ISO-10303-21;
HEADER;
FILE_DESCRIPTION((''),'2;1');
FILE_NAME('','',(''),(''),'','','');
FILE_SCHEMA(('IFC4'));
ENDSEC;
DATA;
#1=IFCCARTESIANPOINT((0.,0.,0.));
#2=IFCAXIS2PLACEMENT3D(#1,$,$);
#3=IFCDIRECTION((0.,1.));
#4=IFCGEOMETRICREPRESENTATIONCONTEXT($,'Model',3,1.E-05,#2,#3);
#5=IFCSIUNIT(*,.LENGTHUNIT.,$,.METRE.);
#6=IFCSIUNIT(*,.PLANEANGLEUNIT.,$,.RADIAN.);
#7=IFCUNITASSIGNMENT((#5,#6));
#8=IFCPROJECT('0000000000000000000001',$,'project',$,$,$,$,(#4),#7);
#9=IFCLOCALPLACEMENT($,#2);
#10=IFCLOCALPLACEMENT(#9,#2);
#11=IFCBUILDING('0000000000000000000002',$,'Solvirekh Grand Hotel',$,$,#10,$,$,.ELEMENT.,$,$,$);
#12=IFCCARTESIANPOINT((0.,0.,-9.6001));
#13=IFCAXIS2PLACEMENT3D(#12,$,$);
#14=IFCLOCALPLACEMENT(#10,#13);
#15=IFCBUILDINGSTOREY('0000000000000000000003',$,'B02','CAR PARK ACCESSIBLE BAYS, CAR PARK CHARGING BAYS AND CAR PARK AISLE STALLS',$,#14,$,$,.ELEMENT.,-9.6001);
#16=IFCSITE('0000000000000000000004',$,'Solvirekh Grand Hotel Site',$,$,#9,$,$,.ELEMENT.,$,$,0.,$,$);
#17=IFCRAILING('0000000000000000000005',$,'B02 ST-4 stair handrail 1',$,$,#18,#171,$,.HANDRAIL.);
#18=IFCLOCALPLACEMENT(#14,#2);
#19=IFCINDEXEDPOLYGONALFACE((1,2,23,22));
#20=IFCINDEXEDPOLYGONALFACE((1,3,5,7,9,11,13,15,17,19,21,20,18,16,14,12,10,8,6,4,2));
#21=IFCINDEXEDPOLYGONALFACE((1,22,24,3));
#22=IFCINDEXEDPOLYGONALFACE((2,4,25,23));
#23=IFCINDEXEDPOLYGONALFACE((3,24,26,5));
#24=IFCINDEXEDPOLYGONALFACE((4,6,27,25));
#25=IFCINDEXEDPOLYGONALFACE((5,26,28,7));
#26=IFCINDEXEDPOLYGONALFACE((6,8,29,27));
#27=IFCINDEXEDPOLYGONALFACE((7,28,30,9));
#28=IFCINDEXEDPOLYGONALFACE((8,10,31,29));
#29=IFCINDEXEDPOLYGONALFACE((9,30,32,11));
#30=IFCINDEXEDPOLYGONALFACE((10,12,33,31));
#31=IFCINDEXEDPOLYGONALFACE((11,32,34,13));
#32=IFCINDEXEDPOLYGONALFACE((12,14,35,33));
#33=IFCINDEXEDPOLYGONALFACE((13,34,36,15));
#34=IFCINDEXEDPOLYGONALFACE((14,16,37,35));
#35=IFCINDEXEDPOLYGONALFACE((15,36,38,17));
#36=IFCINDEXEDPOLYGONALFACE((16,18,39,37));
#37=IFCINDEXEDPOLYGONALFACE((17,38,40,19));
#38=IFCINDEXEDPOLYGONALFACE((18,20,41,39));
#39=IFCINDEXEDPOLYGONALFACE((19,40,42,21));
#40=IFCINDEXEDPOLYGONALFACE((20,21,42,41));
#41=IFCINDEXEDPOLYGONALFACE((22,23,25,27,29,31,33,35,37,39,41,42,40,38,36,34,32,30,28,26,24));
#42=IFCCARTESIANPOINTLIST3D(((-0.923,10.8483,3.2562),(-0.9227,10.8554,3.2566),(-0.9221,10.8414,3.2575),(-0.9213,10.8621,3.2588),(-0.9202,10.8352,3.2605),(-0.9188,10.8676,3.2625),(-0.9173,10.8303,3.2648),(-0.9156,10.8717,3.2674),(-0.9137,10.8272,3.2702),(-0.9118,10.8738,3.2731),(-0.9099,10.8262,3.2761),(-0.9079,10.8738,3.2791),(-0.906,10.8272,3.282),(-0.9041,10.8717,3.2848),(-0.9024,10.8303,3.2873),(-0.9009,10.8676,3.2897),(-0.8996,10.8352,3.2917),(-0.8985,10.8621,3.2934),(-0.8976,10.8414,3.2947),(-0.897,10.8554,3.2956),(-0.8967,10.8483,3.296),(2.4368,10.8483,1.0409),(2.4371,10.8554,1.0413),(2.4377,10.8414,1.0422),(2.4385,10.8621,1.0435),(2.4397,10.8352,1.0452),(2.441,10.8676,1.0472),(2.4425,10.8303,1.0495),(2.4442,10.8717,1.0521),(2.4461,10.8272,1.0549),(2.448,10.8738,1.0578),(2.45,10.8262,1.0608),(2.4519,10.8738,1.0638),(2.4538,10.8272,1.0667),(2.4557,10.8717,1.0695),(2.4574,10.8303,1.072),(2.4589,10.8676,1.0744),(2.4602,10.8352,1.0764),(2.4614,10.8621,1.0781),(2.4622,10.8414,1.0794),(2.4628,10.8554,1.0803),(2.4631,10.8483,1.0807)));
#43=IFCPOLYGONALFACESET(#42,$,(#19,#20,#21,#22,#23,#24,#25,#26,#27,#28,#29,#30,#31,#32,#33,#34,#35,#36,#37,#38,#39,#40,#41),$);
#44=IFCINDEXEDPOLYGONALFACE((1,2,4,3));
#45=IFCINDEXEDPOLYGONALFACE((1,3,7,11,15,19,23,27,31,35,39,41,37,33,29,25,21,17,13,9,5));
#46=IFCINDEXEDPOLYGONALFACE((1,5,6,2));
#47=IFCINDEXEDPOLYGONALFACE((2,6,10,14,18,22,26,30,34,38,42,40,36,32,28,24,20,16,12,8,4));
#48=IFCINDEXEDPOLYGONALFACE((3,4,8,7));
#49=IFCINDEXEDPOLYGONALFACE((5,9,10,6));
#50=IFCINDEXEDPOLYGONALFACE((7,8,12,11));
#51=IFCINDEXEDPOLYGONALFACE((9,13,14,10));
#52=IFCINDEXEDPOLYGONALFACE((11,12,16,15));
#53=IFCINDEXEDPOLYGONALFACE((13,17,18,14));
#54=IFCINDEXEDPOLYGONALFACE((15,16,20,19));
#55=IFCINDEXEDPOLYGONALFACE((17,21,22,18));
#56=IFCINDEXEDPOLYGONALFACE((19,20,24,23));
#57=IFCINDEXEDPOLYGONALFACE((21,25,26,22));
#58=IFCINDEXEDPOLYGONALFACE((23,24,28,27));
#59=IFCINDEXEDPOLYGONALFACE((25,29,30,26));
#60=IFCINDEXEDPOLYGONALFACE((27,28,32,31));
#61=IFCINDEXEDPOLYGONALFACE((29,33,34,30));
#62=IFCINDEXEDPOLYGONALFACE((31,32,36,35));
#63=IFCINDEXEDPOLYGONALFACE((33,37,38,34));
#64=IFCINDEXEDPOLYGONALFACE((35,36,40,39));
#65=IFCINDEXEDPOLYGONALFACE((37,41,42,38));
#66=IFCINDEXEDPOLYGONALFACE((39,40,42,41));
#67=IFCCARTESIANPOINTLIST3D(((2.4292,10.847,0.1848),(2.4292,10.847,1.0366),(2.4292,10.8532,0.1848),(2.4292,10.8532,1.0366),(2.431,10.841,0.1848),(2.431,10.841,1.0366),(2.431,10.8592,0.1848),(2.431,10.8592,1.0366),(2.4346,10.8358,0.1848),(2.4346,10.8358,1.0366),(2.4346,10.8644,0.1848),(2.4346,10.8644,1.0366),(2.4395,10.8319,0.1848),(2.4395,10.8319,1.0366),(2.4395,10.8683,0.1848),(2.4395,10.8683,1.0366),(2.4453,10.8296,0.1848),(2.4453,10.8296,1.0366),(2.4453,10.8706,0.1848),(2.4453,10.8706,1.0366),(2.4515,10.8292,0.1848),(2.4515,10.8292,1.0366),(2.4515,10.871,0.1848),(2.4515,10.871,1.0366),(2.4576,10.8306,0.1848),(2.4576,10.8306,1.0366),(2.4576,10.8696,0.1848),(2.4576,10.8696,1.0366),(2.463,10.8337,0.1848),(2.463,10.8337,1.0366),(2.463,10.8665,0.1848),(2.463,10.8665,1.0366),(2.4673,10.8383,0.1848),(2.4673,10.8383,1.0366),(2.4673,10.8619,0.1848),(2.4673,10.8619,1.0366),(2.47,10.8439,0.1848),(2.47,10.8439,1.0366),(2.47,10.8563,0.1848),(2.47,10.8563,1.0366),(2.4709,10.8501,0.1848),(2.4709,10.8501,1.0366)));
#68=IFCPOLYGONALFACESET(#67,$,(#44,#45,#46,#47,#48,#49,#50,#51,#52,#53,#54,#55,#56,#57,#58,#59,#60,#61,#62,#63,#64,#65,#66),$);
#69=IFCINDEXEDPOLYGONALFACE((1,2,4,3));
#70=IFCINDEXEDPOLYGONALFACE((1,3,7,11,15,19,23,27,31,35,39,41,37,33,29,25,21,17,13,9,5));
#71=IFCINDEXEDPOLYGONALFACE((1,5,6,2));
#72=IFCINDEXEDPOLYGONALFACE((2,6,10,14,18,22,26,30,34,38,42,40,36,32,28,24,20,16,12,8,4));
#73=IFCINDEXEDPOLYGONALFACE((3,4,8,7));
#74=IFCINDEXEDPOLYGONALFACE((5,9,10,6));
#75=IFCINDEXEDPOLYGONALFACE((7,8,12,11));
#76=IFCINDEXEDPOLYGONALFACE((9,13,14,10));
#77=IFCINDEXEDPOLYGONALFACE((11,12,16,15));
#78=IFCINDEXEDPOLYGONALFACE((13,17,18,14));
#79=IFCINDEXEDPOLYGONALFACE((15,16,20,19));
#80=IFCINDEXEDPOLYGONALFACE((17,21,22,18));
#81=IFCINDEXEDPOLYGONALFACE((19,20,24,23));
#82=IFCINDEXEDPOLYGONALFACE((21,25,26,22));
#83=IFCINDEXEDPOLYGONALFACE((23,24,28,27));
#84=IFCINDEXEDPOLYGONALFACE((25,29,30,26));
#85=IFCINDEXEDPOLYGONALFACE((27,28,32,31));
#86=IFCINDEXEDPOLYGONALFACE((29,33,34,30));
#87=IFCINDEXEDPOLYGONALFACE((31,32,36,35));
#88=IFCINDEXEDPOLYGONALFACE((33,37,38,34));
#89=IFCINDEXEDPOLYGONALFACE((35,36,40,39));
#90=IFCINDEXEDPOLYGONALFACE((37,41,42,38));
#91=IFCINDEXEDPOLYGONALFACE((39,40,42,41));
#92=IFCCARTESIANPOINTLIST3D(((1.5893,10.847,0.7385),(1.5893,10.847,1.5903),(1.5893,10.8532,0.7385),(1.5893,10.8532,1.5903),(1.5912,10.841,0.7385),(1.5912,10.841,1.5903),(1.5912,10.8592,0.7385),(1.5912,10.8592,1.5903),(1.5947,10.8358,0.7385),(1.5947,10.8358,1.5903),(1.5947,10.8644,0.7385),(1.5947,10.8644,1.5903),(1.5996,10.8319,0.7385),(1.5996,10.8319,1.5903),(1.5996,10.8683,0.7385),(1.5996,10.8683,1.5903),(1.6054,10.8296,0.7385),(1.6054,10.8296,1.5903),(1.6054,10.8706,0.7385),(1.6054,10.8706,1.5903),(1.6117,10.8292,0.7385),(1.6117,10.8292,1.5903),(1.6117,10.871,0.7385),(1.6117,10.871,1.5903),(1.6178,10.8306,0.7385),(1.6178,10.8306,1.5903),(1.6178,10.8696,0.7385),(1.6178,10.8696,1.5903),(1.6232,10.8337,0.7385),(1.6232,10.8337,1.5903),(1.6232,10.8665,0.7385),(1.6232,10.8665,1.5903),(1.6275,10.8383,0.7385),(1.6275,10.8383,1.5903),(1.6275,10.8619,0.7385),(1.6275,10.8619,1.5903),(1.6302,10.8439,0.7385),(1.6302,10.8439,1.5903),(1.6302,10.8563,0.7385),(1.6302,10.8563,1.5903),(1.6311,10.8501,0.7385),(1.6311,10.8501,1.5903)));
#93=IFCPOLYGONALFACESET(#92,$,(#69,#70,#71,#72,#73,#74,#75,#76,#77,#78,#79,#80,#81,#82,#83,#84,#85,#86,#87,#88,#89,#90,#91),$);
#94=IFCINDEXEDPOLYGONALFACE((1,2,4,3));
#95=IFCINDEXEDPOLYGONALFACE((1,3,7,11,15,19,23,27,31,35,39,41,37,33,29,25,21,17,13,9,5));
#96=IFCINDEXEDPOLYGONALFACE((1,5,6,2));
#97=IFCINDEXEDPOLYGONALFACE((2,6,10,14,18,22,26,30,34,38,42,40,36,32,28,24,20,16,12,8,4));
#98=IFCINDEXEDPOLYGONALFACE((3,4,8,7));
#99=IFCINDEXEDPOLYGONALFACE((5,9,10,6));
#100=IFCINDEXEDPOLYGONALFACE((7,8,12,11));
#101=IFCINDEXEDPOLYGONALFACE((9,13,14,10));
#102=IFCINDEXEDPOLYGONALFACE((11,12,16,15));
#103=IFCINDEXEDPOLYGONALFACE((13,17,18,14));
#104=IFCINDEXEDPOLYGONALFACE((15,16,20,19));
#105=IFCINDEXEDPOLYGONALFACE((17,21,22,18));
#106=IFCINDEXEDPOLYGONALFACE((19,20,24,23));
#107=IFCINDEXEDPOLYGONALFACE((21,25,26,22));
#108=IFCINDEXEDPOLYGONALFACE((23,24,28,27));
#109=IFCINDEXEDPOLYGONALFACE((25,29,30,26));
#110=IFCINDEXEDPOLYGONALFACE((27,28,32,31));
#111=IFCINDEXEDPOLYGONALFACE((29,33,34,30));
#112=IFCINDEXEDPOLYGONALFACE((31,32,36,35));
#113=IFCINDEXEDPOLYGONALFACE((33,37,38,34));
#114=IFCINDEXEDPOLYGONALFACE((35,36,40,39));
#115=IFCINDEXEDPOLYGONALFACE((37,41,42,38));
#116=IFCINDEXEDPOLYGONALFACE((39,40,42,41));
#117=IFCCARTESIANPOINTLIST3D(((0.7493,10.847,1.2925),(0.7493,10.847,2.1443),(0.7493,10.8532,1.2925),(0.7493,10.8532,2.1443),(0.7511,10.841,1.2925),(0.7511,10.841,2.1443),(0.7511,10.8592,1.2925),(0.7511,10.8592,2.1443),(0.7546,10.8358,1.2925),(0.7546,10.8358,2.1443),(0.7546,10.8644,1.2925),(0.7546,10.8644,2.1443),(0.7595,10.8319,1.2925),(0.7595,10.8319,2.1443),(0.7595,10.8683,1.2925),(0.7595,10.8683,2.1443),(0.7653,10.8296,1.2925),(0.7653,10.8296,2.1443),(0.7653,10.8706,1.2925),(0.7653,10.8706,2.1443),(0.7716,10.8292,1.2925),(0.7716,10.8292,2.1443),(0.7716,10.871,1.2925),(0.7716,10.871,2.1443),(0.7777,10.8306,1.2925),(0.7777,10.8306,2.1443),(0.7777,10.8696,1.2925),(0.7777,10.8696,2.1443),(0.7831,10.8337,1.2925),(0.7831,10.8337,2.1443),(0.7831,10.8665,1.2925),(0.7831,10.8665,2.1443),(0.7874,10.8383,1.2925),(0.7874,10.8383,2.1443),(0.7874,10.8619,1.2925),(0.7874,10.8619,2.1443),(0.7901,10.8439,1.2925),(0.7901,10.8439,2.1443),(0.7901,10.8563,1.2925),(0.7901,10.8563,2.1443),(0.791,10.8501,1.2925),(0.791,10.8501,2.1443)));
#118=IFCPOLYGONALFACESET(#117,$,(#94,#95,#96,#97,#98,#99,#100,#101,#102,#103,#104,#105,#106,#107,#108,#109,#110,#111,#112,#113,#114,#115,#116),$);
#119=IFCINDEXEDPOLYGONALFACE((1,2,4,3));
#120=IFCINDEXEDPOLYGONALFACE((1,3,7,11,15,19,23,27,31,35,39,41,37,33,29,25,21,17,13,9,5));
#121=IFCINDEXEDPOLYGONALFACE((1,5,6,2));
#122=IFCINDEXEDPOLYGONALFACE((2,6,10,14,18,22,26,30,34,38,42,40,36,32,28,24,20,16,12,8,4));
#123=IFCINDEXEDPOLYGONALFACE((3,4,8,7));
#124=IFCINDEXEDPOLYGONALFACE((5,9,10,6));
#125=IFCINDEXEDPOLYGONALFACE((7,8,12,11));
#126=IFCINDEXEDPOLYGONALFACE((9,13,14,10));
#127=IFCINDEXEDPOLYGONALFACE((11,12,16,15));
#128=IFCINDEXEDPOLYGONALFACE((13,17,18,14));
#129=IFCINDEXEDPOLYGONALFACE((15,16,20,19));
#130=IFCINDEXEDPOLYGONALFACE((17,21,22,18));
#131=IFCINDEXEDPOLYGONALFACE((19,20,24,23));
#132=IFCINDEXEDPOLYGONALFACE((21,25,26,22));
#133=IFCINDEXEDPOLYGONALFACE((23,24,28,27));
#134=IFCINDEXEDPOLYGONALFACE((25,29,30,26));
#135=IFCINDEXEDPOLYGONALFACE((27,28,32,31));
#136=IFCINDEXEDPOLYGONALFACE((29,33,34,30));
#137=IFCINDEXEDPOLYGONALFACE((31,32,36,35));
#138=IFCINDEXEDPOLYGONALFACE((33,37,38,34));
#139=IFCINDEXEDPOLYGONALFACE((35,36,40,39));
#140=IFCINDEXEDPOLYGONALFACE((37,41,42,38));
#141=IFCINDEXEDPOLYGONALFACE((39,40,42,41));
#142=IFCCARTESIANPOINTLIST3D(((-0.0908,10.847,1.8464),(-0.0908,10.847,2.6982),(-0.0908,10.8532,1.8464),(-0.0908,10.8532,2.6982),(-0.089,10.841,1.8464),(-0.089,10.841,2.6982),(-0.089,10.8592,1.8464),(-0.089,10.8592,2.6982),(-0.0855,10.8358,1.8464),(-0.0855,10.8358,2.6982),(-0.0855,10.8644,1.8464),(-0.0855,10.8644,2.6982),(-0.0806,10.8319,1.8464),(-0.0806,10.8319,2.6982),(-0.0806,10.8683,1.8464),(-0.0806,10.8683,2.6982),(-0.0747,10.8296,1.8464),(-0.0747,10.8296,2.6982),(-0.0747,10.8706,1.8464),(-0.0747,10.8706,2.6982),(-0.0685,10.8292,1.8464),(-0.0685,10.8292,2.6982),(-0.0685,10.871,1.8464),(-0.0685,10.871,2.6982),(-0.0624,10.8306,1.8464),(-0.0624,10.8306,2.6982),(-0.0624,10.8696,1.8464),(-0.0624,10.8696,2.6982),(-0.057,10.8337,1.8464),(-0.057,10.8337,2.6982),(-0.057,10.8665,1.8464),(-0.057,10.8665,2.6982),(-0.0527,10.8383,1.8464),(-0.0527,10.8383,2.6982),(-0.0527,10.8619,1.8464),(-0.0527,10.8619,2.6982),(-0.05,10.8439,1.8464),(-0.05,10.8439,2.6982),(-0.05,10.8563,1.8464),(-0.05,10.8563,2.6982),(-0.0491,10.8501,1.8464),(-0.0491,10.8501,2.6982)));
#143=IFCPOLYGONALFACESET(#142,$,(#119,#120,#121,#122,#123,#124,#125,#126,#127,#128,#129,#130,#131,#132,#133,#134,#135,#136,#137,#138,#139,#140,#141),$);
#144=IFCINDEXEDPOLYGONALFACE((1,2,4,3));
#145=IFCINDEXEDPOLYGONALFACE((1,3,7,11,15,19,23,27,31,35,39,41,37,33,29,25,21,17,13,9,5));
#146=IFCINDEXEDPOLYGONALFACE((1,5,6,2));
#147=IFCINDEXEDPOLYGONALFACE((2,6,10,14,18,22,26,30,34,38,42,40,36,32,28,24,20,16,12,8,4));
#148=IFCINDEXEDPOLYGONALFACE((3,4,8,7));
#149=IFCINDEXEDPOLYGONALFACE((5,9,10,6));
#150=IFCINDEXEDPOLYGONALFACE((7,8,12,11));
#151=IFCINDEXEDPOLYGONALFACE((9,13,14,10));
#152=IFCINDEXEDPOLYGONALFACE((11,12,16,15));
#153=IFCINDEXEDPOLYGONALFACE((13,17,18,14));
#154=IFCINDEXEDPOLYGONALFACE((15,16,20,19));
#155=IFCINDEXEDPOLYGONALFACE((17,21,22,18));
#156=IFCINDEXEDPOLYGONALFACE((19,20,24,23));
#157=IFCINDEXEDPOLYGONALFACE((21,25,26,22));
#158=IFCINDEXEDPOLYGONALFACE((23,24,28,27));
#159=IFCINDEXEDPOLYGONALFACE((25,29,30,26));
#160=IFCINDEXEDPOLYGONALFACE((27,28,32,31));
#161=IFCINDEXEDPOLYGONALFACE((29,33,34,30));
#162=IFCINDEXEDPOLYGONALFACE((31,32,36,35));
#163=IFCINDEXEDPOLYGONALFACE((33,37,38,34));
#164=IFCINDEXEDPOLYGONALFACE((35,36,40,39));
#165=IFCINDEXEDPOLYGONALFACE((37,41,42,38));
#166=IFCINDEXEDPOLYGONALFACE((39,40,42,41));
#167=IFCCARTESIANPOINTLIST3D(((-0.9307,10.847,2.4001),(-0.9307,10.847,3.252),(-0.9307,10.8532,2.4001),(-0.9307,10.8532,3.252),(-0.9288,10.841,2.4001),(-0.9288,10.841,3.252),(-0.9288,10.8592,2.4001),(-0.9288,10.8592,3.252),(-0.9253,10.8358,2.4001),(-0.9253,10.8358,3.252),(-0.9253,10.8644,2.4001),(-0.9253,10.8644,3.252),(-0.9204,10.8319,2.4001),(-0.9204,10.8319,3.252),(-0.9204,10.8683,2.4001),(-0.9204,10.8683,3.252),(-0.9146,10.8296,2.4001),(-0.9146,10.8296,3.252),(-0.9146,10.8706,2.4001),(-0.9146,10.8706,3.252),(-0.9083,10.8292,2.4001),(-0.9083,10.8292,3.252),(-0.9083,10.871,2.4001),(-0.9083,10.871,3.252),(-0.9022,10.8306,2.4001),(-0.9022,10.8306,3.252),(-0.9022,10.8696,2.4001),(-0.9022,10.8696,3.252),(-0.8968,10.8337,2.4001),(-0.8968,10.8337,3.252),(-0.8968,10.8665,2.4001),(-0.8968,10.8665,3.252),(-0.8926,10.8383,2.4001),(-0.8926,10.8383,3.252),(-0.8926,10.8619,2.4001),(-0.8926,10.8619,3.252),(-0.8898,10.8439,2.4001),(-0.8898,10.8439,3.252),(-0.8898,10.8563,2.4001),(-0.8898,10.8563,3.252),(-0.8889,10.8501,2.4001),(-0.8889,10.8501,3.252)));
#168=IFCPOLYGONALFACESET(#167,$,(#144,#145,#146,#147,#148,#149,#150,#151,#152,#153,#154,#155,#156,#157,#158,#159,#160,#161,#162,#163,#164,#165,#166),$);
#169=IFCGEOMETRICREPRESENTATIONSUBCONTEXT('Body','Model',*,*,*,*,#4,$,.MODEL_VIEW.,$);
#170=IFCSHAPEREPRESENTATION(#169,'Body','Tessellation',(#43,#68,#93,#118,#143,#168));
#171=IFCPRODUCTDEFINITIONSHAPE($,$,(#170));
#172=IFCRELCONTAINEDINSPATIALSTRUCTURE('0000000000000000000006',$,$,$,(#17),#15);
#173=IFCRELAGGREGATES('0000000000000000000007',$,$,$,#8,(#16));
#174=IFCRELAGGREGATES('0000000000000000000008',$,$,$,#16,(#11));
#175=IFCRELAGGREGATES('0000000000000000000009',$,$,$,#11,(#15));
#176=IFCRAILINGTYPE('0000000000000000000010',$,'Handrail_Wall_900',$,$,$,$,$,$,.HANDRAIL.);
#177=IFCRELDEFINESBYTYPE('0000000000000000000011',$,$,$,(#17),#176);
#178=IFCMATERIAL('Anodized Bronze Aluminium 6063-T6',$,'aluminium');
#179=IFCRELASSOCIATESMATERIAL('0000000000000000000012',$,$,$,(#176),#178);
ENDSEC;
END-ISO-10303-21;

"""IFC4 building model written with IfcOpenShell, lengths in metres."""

from ifc_helpers import new_model, si_unit, direction, frame, origin, origin_2d, place, context, subcontext, project, spatial, circle, extrude, material, type_object, element, save


model = new_model("IFC4")

# Units and contexts
model_context = context("Model", 3, precision=1e-05, world=origin(), true_north=direction((0.0, 1.0)))
body_context = subcontext(model_context, "Body", "Model", "MODEL_VIEW")
ifc_project = project(units=[si_unit("LENGTHUNIT", "METRE"), si_unit("PLANEANGLEUNIT", "RADIAN")], contexts=[model_context])

# Site, building, storey
site_placement = place(None, origin())
site = spatial("IfcSite", under=ifc_project, at=site_placement, Name="Solvirekh Grand Hotel Site", CompositionType="ELEMENT", RefElevation=0.0)
building_placement = place(site_placement, origin())
building = spatial("IfcBuilding", under=site, at=building_placement, Name="Solvirekh Grand Hotel", CompositionType="ELEMENT")
storey_placement = place(building_placement, frame((0.0, 0.0, -9.6001)))
storey = spatial("IfcBuildingStorey", under=building, at=storey_placement, Name="B02", Description="CAR PARK ACCESSIBLE BAYS, CAR PARK CHARGING BAYS AND CAR PARK AISLE STALLS", CompositionType="ELEMENT", Elevation=-9.6001)

# Railing
ifc_material_1 = material(Name="Anodized Bronze Aluminium 6063-T6", Category="aluminium")
railing_type_1 = type_object("IfcRailingType", Name="Handrail_Wall_900", PredefinedType="HANDRAIL", material=ifc_material_1)
railing_1_placement = place(storey_placement, frame((2.45, 10.8501, 0.1848)))
element("IfcRailing", 1, at=railing_1_placement, inside=storey, type_object=railing_type_1, Name="B02 ST-4 stair handrail 1", PredefinedType="HANDRAIL", context=body_context, shape_type="SweptSolid", body=[
    extrude(circle(Radius=0.0239, at=origin_2d()), frame((0.0, 0.0, 0.876), z_axis=(-0.834858, 0.0, 0.550465), x_axis=(0.0, -1.0, 0.0)), (0.0, 0.0, 1.0), 4.0244),
    extrude(circle(Radius=0.021, at=origin_2d()), origin(), (0.0, 0.0, 1.0), 0.8518),
    extrude(circle(Radius=0.021, at=origin_2d()), frame((-0.8398, 0.0, 0.5537)), (0.0, 0.0, 1.0), 0.8518),
    extrude(circle(Radius=0.021, at=origin_2d()), frame((-1.6799, 0.0, 1.1077)), (0.0, 0.0, 1.0), 0.8518),
    extrude(circle(Radius=0.021, at=origin_2d()), frame((-2.52, 0.0, 1.6616)), (0.0, 0.0, 1.0), 0.8518),
    extrude(circle(Radius=0.021, at=origin_2d()), frame((-3.3599, 0.0, 2.2153)), (0.0, 0.0, 1.0), 0.8518),
])

save(model, "model.ifc")
